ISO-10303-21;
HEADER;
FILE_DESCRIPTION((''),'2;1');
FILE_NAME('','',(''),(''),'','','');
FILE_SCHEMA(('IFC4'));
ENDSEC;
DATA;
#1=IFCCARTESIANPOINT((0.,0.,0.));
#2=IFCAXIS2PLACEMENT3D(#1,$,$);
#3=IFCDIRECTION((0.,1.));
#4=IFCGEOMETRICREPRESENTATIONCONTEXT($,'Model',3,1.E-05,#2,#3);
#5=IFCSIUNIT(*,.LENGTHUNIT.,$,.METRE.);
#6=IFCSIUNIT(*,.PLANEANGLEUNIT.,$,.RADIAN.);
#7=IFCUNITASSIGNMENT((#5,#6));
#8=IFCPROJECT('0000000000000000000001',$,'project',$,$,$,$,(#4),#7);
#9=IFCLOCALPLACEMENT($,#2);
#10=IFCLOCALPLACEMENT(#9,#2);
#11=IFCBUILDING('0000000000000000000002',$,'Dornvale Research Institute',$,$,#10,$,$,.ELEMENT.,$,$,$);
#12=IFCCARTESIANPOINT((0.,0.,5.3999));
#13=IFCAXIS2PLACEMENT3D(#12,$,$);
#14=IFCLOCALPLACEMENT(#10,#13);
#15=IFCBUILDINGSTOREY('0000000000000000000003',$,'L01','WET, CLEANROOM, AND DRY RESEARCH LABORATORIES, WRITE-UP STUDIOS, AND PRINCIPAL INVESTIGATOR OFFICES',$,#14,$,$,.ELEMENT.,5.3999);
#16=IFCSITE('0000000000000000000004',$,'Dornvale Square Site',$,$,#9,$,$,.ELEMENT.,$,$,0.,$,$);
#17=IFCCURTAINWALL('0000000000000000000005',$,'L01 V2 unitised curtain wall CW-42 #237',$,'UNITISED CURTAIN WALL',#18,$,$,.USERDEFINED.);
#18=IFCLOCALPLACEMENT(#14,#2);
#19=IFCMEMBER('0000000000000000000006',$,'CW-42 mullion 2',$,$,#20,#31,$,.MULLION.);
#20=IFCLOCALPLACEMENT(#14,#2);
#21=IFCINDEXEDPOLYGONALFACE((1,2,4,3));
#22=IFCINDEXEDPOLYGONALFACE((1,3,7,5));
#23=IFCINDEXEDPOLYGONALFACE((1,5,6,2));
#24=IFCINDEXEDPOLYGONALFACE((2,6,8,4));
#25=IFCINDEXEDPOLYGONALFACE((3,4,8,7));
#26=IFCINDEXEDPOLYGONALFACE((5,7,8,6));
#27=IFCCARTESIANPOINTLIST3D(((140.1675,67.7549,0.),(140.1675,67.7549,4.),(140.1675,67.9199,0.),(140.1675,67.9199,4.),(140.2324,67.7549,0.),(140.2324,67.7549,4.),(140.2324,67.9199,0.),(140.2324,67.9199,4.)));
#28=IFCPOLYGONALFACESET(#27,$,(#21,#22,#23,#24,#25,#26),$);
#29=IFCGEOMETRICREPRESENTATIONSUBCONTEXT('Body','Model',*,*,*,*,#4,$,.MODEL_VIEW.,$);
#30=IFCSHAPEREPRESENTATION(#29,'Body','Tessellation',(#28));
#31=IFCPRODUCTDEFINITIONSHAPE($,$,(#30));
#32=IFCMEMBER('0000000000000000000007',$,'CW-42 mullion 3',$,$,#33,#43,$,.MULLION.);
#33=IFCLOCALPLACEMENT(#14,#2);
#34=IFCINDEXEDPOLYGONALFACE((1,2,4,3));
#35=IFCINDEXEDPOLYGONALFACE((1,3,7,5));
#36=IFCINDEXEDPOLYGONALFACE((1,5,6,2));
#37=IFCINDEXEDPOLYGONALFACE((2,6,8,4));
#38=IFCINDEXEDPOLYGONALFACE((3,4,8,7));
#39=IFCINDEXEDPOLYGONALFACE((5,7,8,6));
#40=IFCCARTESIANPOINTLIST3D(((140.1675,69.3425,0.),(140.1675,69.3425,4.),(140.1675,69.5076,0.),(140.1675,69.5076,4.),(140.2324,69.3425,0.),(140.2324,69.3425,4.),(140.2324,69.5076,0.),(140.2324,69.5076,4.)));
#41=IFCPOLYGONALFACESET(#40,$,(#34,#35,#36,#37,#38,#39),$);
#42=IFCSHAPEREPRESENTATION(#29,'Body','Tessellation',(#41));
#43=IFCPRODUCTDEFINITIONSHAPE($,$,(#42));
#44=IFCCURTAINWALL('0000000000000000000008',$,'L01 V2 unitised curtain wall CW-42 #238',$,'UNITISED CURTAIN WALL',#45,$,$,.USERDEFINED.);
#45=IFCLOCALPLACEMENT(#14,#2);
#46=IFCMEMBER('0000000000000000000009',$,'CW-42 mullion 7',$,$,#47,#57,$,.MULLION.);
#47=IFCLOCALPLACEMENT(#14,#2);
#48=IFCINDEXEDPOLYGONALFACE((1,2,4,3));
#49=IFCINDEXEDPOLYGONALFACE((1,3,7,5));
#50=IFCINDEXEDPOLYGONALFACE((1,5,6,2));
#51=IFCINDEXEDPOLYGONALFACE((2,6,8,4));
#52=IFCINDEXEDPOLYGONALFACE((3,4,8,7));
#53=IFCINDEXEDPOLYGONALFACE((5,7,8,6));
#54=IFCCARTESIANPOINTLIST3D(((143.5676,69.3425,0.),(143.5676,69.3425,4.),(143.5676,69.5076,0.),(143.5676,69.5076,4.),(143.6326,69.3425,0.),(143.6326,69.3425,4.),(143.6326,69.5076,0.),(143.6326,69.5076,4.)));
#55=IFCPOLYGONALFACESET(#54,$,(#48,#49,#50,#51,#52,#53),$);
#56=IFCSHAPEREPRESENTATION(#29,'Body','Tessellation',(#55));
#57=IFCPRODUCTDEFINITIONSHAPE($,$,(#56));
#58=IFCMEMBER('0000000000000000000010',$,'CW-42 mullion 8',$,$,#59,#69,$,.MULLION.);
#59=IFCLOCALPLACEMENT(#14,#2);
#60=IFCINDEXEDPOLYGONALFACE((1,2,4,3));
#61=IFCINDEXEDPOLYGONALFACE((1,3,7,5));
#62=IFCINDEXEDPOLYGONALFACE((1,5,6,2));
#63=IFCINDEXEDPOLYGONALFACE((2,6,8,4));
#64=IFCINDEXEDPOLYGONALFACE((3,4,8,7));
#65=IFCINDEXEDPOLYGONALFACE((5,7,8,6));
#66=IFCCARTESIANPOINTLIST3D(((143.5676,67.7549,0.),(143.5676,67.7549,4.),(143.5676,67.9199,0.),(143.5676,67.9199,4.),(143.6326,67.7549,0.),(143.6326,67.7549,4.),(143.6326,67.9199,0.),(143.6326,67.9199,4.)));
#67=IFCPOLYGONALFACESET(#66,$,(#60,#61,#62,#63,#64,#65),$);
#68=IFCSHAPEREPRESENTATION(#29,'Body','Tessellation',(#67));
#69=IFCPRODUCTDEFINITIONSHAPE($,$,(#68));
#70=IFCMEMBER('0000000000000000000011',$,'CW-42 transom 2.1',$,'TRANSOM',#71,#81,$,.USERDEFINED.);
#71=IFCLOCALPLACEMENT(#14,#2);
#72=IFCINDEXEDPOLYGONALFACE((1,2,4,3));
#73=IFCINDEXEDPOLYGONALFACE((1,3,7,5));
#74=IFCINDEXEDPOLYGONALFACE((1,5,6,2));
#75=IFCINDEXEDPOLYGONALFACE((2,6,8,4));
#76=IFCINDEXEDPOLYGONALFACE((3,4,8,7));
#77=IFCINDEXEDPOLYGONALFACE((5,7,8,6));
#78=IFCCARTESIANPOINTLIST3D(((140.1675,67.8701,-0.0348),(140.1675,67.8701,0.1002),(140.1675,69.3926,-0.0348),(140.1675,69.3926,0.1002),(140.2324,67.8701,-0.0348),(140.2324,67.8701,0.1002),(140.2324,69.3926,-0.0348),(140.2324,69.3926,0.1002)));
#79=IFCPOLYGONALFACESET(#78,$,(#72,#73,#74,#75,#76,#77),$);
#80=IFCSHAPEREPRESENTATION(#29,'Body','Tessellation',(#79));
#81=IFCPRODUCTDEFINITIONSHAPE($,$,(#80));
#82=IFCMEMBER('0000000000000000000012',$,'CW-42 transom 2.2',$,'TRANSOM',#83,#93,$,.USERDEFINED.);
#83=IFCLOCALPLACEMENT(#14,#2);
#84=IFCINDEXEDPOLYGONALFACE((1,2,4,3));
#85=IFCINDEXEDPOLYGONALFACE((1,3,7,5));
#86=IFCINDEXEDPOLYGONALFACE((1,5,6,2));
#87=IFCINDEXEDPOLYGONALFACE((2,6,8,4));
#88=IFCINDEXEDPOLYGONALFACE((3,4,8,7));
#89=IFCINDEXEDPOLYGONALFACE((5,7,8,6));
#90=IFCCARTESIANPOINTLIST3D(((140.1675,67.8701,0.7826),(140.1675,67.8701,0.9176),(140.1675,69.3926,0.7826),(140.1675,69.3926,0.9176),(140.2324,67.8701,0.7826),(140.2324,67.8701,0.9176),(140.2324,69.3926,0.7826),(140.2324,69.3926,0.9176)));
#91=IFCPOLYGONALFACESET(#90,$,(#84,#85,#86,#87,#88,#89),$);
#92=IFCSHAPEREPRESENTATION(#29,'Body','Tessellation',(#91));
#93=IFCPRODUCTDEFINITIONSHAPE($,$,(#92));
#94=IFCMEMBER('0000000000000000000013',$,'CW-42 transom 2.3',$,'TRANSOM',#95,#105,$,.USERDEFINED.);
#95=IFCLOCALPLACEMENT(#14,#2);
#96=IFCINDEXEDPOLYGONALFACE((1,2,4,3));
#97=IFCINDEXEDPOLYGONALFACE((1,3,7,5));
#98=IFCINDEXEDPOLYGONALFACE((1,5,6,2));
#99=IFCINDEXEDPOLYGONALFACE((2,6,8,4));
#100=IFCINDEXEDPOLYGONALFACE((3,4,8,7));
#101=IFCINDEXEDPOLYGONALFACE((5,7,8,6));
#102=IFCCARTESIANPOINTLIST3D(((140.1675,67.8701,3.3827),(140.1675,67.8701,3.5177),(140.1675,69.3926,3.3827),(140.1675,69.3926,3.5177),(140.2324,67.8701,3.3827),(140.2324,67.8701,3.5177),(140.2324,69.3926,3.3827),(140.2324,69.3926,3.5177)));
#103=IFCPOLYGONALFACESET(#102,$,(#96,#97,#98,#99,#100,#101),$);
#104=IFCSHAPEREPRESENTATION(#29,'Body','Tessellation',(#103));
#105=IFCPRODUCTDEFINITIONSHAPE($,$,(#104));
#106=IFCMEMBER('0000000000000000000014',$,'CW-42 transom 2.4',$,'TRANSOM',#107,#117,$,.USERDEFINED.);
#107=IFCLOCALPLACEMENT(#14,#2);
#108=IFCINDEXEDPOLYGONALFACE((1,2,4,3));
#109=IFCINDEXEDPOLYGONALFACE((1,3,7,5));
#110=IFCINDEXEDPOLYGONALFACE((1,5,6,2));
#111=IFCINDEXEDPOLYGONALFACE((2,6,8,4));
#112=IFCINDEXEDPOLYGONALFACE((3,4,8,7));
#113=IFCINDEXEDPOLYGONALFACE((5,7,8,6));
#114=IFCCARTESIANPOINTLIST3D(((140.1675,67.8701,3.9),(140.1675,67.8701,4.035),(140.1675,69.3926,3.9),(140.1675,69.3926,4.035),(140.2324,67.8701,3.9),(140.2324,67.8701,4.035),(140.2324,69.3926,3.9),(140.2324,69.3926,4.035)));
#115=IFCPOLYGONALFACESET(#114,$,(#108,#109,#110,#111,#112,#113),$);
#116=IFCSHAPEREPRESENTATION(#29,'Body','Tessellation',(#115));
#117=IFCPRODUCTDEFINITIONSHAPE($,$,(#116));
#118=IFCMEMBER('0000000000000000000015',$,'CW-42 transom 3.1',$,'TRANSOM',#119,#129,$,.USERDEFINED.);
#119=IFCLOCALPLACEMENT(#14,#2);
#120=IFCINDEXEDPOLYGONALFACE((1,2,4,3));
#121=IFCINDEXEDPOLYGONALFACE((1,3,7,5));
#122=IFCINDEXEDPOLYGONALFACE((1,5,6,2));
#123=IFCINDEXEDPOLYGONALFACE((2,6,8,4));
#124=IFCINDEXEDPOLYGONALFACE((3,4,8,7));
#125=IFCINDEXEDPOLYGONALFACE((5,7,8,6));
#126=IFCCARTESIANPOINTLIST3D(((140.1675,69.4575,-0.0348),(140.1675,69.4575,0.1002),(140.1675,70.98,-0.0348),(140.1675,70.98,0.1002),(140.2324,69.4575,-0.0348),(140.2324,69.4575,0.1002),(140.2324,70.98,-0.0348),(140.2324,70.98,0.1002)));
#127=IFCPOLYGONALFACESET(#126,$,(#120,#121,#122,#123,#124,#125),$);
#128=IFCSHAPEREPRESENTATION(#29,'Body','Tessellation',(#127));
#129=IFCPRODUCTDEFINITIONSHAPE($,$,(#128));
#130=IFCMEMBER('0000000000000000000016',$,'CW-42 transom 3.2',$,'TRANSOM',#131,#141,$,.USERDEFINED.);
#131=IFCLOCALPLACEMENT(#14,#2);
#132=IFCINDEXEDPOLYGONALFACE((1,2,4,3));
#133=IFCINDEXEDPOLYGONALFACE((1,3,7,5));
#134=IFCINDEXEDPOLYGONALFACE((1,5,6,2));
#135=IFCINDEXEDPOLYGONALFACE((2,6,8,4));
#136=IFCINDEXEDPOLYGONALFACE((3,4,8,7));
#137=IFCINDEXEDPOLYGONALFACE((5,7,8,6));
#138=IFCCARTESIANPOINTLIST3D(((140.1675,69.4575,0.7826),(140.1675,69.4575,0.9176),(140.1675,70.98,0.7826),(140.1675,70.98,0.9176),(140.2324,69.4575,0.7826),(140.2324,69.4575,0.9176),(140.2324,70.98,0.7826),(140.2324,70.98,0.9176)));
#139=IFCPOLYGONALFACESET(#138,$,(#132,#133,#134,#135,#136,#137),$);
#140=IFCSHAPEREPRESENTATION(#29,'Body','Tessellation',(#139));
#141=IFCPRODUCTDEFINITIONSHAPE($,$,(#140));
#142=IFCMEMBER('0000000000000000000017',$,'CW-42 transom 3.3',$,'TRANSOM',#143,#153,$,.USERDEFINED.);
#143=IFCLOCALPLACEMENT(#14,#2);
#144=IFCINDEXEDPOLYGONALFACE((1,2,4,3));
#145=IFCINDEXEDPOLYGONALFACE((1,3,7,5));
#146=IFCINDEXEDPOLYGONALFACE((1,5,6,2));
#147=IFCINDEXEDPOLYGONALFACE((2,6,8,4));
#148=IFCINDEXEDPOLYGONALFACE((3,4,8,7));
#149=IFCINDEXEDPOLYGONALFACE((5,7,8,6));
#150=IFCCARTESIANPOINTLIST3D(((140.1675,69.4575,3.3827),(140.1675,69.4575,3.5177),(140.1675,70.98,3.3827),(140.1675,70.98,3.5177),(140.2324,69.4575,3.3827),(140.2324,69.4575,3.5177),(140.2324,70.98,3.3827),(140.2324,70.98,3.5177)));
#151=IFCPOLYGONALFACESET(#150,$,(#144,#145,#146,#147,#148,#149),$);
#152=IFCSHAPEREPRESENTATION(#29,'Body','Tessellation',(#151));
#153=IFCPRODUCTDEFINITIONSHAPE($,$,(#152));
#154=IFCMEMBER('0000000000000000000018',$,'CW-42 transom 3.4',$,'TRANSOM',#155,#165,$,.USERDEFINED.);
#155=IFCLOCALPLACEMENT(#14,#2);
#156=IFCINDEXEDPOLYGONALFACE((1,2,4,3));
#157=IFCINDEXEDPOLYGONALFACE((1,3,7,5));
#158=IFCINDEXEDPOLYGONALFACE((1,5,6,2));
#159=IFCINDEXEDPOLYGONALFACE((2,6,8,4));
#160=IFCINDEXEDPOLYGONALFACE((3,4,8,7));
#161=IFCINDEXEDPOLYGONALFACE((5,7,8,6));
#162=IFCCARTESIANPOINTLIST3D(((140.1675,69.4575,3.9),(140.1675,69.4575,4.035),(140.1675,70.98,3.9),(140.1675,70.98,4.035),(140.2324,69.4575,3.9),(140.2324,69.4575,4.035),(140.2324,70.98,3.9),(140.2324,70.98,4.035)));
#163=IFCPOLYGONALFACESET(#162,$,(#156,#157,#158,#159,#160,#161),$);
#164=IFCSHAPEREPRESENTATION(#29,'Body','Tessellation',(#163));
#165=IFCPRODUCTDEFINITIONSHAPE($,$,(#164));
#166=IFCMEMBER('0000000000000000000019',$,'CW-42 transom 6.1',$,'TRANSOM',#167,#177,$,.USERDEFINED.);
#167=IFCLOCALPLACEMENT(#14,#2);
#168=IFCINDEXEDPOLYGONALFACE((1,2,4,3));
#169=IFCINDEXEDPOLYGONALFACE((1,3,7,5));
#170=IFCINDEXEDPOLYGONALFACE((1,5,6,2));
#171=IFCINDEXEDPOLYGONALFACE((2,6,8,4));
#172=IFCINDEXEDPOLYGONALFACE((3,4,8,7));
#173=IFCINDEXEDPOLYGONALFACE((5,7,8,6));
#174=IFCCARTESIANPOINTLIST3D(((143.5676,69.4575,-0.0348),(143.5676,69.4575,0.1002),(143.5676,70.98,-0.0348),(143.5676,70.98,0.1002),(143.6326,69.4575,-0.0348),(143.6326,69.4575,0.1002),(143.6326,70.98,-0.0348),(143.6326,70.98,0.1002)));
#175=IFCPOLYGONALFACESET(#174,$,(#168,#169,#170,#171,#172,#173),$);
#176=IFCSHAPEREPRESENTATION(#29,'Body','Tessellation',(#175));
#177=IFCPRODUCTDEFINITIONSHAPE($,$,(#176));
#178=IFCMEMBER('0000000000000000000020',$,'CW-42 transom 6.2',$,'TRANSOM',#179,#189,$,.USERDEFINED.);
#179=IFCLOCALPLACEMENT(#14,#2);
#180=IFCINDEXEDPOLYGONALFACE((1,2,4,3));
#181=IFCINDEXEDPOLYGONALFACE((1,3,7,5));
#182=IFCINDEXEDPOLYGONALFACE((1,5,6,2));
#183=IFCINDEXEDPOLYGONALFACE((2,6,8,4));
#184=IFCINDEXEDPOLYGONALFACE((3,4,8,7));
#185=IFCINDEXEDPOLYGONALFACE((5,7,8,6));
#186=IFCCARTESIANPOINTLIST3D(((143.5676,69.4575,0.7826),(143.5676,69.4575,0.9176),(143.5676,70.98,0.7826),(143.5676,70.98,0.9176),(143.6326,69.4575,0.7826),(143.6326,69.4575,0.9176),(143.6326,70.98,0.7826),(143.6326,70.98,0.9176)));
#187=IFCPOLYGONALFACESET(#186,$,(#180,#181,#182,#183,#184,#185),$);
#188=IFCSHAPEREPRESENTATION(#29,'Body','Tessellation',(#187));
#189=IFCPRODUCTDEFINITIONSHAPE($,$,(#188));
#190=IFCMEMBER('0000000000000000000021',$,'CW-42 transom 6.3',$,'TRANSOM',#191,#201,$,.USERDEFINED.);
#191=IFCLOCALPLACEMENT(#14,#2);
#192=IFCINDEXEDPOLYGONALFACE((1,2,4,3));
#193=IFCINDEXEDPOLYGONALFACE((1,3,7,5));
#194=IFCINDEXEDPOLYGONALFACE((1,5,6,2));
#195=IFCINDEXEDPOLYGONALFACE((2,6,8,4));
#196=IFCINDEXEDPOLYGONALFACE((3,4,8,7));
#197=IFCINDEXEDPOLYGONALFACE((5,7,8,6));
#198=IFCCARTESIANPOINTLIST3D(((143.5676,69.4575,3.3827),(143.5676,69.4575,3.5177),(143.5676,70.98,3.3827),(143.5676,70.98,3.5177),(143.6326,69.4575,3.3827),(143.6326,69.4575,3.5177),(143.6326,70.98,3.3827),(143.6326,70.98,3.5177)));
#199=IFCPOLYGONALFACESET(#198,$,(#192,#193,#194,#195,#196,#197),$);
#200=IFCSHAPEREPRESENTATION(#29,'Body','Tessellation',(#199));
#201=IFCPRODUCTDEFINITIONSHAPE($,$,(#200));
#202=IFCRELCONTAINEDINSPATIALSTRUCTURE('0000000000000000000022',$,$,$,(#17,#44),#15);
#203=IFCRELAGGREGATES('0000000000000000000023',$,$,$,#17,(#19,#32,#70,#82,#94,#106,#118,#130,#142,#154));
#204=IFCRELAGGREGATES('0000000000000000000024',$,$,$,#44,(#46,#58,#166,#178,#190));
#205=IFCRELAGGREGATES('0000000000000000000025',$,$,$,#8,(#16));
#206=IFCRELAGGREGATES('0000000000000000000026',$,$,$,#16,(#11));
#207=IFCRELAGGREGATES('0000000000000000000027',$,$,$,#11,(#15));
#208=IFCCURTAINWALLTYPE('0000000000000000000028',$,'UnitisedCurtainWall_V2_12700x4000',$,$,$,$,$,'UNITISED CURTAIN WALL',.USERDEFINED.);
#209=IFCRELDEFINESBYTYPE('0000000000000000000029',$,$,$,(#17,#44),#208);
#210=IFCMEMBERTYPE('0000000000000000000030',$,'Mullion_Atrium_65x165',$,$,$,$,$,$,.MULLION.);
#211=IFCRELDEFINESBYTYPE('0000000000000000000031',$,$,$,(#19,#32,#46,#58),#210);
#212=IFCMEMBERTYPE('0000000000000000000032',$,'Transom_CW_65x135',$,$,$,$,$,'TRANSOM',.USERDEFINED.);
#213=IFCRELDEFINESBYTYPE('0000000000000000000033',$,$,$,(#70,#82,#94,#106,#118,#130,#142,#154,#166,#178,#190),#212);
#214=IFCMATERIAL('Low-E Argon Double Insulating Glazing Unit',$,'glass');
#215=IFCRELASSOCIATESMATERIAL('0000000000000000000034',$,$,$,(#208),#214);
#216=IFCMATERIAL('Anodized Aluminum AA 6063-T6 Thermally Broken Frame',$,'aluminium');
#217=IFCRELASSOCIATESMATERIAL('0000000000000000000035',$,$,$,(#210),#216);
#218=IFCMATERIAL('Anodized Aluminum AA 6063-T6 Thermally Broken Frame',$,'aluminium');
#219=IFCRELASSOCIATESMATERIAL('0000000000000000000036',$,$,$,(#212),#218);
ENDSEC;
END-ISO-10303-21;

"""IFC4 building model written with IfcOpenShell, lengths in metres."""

from ifc_helpers import new_model, si_unit, direction, frame, origin, origin_2d, place, context, subcontext, project, spatial, rectangle, extrude, material, material_profile, profile_set, type_object, element, aggregate, save


model = new_model("IFC4")

# Units and contexts
model_context = context("Model", 3, precision=1e-05, world=origin(), true_north=direction((0.0, 1.0)))
body_context = subcontext(model_context, "Body", "Model", "MODEL_VIEW")
ifc_project = project(units=[si_unit("LENGTHUNIT", "METRE"), si_unit("PLANEANGLEUNIT", "RADIAN")], contexts=[model_context])

# Site, building, storey
site_placement = place(None, origin())
site = spatial("IfcSite", under=ifc_project, at=site_placement, Name="Dornvale Square Site", CompositionType="ELEMENT", RefElevation=0.0)
building_placement = place(site_placement, origin())
building = spatial("IfcBuilding", under=site, at=building_placement, Name="Dornvale Research Institute", CompositionType="ELEMENT")
storey_placement = place(building_placement, frame((0.0, 0.0, 5.3999)))
storey = spatial("IfcBuildingStorey", under=building, at=storey_placement, Name="L01", Description="WET, CLEANROOM, AND DRY RESEARCH LABORATORIES, WRITE-UP STUDIOS, AND PRINCIPAL INVESTIGATOR OFFICES", CompositionType="ELEMENT", Elevation=5.3999)

# Curtain walls, members
ifc_material_1 = material(Name="Low-E Argon Double Insulating Glazing Unit", Category="glass")
curtain_wall_type = type_object("IfcCurtainWallType", Name="UnitisedCurtainWall_V2_12700x4000", ElementType="UNITISED CURTAIN WALL", PredefinedType="USERDEFINED", material=ifc_material_1)
curtain_wall_1_placement = place(storey_placement, origin())
curtain_wall_1 = element("IfcCurtainWall", 1, at=curtain_wall_1_placement, inside=storey, type_object=curtain_wall_type, Name="L01 V2 unitised curtain wall CW-42 #237", ObjectType="UNITISED CURTAIN WALL", PredefinedType="USERDEFINED")
ifc_material_2 = material(Name="Anodized Aluminum AA 6063-T6 Thermally Broken Frame", Category="aluminium")
ifc_material_profile_1 = material_profile(ifc_material_2, rectangle(XDim=0.0649, YDim=0.165, at=origin_2d()), Name="ALU MULLION 65x165")
ifc_profile_set_1 = profile_set([ifc_material_profile_1], Name="Anodized Aluminum AA 6063-T6 Thermally Broken Frame")
member_type_1 = type_object("IfcMemberType", Name="Mullion_Atrium_65x165", PredefinedType="MULLION", material=ifc_profile_set_1)
member_1_placement = place(storey_placement, frame((140.2, 67.8374, 0.0), z_axis=(0.0, 0.0, 1.0), x_axis=(-1.0, 0.0, 0.0)))
member_1 = element("IfcMember", 2, at=member_1_placement, type_object=member_type_1, Name="CW-42 mullion 2", PredefinedType="MULLION", context=body_context, shape_type="SweptSolid", body=[
    extrude(rectangle(XDim=0.0649, YDim=0.165, at=origin_2d()), origin(), (0.0, 0.0, 1.0), 4.0),
])
member_2_placement = place(storey_placement, frame((140.2, 69.425, 0.0), z_axis=(0.0, 0.0, 1.0), x_axis=(-1.0, 0.0, 0.0)))
member_2 = element("IfcMember", 3, at=member_2_placement, type_object=member_type_1, Name="CW-42 mullion 3", PredefinedType="MULLION", context=body_context, shape_type="SweptSolid", body=[
    extrude(rectangle(XDim=0.0649, YDim=0.165, at=origin_2d()), origin(), (0.0, 0.0, 1.0), 4.0),
])
curtain_wall_2_placement = place(storey_placement, origin())
curtain_wall_2 = element("IfcCurtainWall", 4, at=curtain_wall_2_placement, inside=storey, type_object=curtain_wall_type, Name="L01 V2 unitised curtain wall CW-42 #238", ObjectType="UNITISED CURTAIN WALL", PredefinedType="USERDEFINED")
member_3_placement = place(storey_placement, frame((143.6001, 69.425, 0.0), z_axis=(0.0, 0.0, 1.0), x_axis=(1.0, 0.0, 0.0)))
member_3 = element("IfcMember", 5, at=member_3_placement, type_object=member_type_1, Name="CW-42 mullion 7", PredefinedType="MULLION", context=body_context, shape_type="SweptSolid", body=[
    extrude(rectangle(XDim=0.0649, YDim=0.165, at=origin_2d()), origin(), (0.0, 0.0, 1.0), 4.0),
])
member_4_placement = place(storey_placement, frame((143.6001, 67.8374, 0.0), z_axis=(0.0, 0.0, 1.0), x_axis=(1.0, 0.0, 0.0)))
member_4 = element("IfcMember", 6, at=member_4_placement, type_object=member_type_1, Name="CW-42 mullion 8", PredefinedType="MULLION", context=body_context, shape_type="SweptSolid", body=[
    extrude(rectangle(XDim=0.0649, YDim=0.165, at=origin_2d()), origin(), (0.0, 0.0, 1.0), 4.0),
])

# Members
ifc_material_3 = material(Name="Anodized Aluminum AA 6063-T6 Thermally Broken Frame", Category="aluminium")
ifc_material_profile_2 = material_profile(ifc_material_3, rectangle(XDim=0.0649, YDim=0.135, at=origin_2d()), Name="ALU TRANSOM 65x135")
ifc_profile_set_2 = profile_set([ifc_material_profile_2], Name="Anodized Aluminum AA 6063-T6 Thermally Broken Frame")
member_type_2 = type_object("IfcMemberType", Name="Transom_CW_65x135", ElementType="TRANSOM", PredefinedType="USERDEFINED", material=ifc_profile_set_2)
member_5_placement = place(storey_placement, frame((140.2, 67.8701, 0.0327), z_axis=(0.0, 1.0, 0.0), x_axis=(-1.0, 0.0, 0.0)))
member_5 = element("IfcMember", 7, at=member_5_placement, type_object=member_type_2, Name="CW-42 transom 2.1", ObjectType="TRANSOM", PredefinedType="USERDEFINED", context=body_context, shape_type="SweptSolid", body=[
    extrude(rectangle(XDim=0.0649, YDim=0.135, at=origin_2d()), origin(), (0.0, 0.0, 1.0), 1.5225),
])
member_6_placement = place(storey_placement, frame((140.2, 67.8701, 0.8501), z_axis=(0.0, 1.0, 0.0), x_axis=(-1.0, 0.0, 0.0)))
member_6 = element("IfcMember", 8, at=member_6_placement, type_object=member_type_2, Name="CW-42 transom 2.2", ObjectType="TRANSOM", PredefinedType="USERDEFINED", context=body_context, shape_type="SweptSolid", body=[
    extrude(rectangle(XDim=0.0649, YDim=0.135, at=origin_2d()), origin(), (0.0, 0.0, 1.0), 1.5225),
])
member_7_placement = place(storey_placement, frame((140.2, 67.8701, 3.4502), z_axis=(0.0, 1.0, 0.0), x_axis=(-1.0, 0.0, 0.0)))
member_7 = element("IfcMember", 9, at=member_7_placement, type_object=member_type_2, Name="CW-42 transom 2.3", ObjectType="TRANSOM", PredefinedType="USERDEFINED", context=body_context, shape_type="SweptSolid", body=[
    extrude(rectangle(XDim=0.0649, YDim=0.135, at=origin_2d()), origin(), (0.0, 0.0, 1.0), 1.5225),
])
member_8_placement = place(storey_placement, frame((140.2, 67.8701, 3.9675), z_axis=(0.0, 1.0, 0.0), x_axis=(-1.0, 0.0, 0.0)))
member_8 = element("IfcMember", 10, at=member_8_placement, type_object=member_type_2, Name="CW-42 transom 2.4", ObjectType="TRANSOM", PredefinedType="USERDEFINED", context=body_context, shape_type="SweptSolid", body=[
    extrude(rectangle(XDim=0.0649, YDim=0.135, at=origin_2d()), origin(), (0.0, 0.0, 1.0), 1.5225),
])
member_9_placement = place(storey_placement, frame((140.2, 69.4575, 0.0327), z_axis=(0.0, 1.0, 0.0), x_axis=(-1.0, 0.0, 0.0)))
member_9 = element("IfcMember", 11, at=member_9_placement, type_object=member_type_2, Name="CW-42 transom 3.1", ObjectType="TRANSOM", PredefinedType="USERDEFINED", context=body_context, shape_type="SweptSolid", body=[
    extrude(rectangle(XDim=0.0649, YDim=0.135, at=origin_2d()), origin(), (0.0, 0.0, 1.0), 1.5225),
])
member_10_placement = place(storey_placement, frame((140.2, 69.4575, 0.8501), z_axis=(0.0, 1.0, 0.0), x_axis=(-1.0, 0.0, 0.0)))
member_10 = element("IfcMember", 12, at=member_10_placement, type_object=member_type_2, Name="CW-42 transom 3.2", ObjectType="TRANSOM", PredefinedType="USERDEFINED", context=body_context, shape_type="SweptSolid", body=[
    extrude(rectangle(XDim=0.0649, YDim=0.135, at=origin_2d()), origin(), (0.0, 0.0, 1.0), 1.5225),
])
member_11_placement = place(storey_placement, frame((140.2, 69.4575, 3.4502), z_axis=(0.0, 1.0, 0.0), x_axis=(-1.0, 0.0, 0.0)))
member_11 = element("IfcMember", 13, at=member_11_placement, type_object=member_type_2, Name="CW-42 transom 3.3", ObjectType="TRANSOM", PredefinedType="USERDEFINED", context=body_context, shape_type="SweptSolid", body=[
    extrude(rectangle(XDim=0.0649, YDim=0.135, at=origin_2d()), origin(), (0.0, 0.0, 1.0), 1.5225),
])
member_12_placement = place(storey_placement, frame((140.2, 69.4575, 3.9675), z_axis=(0.0, 1.0, 0.0), x_axis=(-1.0, 0.0, 0.0)))
member_12 = element("IfcMember", 14, at=member_12_placement, type_object=member_type_2, Name="CW-42 transom 3.4", ObjectType="TRANSOM", PredefinedType="USERDEFINED", context=body_context, shape_type="SweptSolid", body=[
    extrude(rectangle(XDim=0.0649, YDim=0.135, at=origin_2d()), origin(), (0.0, 0.0, 1.0), 1.5225),
])
member_13_placement = place(storey_placement, frame((143.6001, 70.98, 0.0327), z_axis=(0.0, -1.0, 0.0), x_axis=(1.0, 0.0, 0.0)))
member_13 = element("IfcMember", 15, at=member_13_placement, type_object=member_type_2, Name="CW-42 transom 6.1", ObjectType="TRANSOM", PredefinedType="USERDEFINED", context=body_context, shape_type="SweptSolid", body=[
    extrude(rectangle(XDim=0.0649, YDim=0.135, at=origin_2d()), origin(), (0.0, 0.0, 1.0), 1.5225),
])
member_14_placement = place(storey_placement, frame((143.6001, 70.98, 0.8501), z_axis=(0.0, -1.0, 0.0), x_axis=(1.0, 0.0, 0.0)))
member_14 = element("IfcMember", 16, at=member_14_placement, type_object=member_type_2, Name="CW-42 transom 6.2", ObjectType="TRANSOM", PredefinedType="USERDEFINED", context=body_context, shape_type="SweptSolid", body=[
    extrude(rectangle(XDim=0.0649, YDim=0.135, at=origin_2d()), origin(), (0.0, 0.0, 1.0), 1.5225),
])
member_15_placement = place(storey_placement, frame((143.6001, 70.98, 3.4502), z_axis=(0.0, -1.0, 0.0), x_axis=(1.0, 0.0, 0.0)))
member_15 = element("IfcMember", 17, at=member_15_placement, type_object=member_type_2, Name="CW-42 transom 6.3", ObjectType="TRANSOM", PredefinedType="USERDEFINED", context=body_context, shape_type="SweptSolid", body=[
    extrude(rectangle(XDim=0.0649, YDim=0.135, at=origin_2d()), origin(), (0.0, 0.0, 1.0), 1.5225),
])

aggregate(curtain_wall_1, [member_1, member_2, member_5, member_6, member_7, member_8, member_9, member_10, member_11, member_12])
aggregate(curtain_wall_2, [member_3, member_4, member_13, member_14, member_15])

save(model, "model.ifc")
